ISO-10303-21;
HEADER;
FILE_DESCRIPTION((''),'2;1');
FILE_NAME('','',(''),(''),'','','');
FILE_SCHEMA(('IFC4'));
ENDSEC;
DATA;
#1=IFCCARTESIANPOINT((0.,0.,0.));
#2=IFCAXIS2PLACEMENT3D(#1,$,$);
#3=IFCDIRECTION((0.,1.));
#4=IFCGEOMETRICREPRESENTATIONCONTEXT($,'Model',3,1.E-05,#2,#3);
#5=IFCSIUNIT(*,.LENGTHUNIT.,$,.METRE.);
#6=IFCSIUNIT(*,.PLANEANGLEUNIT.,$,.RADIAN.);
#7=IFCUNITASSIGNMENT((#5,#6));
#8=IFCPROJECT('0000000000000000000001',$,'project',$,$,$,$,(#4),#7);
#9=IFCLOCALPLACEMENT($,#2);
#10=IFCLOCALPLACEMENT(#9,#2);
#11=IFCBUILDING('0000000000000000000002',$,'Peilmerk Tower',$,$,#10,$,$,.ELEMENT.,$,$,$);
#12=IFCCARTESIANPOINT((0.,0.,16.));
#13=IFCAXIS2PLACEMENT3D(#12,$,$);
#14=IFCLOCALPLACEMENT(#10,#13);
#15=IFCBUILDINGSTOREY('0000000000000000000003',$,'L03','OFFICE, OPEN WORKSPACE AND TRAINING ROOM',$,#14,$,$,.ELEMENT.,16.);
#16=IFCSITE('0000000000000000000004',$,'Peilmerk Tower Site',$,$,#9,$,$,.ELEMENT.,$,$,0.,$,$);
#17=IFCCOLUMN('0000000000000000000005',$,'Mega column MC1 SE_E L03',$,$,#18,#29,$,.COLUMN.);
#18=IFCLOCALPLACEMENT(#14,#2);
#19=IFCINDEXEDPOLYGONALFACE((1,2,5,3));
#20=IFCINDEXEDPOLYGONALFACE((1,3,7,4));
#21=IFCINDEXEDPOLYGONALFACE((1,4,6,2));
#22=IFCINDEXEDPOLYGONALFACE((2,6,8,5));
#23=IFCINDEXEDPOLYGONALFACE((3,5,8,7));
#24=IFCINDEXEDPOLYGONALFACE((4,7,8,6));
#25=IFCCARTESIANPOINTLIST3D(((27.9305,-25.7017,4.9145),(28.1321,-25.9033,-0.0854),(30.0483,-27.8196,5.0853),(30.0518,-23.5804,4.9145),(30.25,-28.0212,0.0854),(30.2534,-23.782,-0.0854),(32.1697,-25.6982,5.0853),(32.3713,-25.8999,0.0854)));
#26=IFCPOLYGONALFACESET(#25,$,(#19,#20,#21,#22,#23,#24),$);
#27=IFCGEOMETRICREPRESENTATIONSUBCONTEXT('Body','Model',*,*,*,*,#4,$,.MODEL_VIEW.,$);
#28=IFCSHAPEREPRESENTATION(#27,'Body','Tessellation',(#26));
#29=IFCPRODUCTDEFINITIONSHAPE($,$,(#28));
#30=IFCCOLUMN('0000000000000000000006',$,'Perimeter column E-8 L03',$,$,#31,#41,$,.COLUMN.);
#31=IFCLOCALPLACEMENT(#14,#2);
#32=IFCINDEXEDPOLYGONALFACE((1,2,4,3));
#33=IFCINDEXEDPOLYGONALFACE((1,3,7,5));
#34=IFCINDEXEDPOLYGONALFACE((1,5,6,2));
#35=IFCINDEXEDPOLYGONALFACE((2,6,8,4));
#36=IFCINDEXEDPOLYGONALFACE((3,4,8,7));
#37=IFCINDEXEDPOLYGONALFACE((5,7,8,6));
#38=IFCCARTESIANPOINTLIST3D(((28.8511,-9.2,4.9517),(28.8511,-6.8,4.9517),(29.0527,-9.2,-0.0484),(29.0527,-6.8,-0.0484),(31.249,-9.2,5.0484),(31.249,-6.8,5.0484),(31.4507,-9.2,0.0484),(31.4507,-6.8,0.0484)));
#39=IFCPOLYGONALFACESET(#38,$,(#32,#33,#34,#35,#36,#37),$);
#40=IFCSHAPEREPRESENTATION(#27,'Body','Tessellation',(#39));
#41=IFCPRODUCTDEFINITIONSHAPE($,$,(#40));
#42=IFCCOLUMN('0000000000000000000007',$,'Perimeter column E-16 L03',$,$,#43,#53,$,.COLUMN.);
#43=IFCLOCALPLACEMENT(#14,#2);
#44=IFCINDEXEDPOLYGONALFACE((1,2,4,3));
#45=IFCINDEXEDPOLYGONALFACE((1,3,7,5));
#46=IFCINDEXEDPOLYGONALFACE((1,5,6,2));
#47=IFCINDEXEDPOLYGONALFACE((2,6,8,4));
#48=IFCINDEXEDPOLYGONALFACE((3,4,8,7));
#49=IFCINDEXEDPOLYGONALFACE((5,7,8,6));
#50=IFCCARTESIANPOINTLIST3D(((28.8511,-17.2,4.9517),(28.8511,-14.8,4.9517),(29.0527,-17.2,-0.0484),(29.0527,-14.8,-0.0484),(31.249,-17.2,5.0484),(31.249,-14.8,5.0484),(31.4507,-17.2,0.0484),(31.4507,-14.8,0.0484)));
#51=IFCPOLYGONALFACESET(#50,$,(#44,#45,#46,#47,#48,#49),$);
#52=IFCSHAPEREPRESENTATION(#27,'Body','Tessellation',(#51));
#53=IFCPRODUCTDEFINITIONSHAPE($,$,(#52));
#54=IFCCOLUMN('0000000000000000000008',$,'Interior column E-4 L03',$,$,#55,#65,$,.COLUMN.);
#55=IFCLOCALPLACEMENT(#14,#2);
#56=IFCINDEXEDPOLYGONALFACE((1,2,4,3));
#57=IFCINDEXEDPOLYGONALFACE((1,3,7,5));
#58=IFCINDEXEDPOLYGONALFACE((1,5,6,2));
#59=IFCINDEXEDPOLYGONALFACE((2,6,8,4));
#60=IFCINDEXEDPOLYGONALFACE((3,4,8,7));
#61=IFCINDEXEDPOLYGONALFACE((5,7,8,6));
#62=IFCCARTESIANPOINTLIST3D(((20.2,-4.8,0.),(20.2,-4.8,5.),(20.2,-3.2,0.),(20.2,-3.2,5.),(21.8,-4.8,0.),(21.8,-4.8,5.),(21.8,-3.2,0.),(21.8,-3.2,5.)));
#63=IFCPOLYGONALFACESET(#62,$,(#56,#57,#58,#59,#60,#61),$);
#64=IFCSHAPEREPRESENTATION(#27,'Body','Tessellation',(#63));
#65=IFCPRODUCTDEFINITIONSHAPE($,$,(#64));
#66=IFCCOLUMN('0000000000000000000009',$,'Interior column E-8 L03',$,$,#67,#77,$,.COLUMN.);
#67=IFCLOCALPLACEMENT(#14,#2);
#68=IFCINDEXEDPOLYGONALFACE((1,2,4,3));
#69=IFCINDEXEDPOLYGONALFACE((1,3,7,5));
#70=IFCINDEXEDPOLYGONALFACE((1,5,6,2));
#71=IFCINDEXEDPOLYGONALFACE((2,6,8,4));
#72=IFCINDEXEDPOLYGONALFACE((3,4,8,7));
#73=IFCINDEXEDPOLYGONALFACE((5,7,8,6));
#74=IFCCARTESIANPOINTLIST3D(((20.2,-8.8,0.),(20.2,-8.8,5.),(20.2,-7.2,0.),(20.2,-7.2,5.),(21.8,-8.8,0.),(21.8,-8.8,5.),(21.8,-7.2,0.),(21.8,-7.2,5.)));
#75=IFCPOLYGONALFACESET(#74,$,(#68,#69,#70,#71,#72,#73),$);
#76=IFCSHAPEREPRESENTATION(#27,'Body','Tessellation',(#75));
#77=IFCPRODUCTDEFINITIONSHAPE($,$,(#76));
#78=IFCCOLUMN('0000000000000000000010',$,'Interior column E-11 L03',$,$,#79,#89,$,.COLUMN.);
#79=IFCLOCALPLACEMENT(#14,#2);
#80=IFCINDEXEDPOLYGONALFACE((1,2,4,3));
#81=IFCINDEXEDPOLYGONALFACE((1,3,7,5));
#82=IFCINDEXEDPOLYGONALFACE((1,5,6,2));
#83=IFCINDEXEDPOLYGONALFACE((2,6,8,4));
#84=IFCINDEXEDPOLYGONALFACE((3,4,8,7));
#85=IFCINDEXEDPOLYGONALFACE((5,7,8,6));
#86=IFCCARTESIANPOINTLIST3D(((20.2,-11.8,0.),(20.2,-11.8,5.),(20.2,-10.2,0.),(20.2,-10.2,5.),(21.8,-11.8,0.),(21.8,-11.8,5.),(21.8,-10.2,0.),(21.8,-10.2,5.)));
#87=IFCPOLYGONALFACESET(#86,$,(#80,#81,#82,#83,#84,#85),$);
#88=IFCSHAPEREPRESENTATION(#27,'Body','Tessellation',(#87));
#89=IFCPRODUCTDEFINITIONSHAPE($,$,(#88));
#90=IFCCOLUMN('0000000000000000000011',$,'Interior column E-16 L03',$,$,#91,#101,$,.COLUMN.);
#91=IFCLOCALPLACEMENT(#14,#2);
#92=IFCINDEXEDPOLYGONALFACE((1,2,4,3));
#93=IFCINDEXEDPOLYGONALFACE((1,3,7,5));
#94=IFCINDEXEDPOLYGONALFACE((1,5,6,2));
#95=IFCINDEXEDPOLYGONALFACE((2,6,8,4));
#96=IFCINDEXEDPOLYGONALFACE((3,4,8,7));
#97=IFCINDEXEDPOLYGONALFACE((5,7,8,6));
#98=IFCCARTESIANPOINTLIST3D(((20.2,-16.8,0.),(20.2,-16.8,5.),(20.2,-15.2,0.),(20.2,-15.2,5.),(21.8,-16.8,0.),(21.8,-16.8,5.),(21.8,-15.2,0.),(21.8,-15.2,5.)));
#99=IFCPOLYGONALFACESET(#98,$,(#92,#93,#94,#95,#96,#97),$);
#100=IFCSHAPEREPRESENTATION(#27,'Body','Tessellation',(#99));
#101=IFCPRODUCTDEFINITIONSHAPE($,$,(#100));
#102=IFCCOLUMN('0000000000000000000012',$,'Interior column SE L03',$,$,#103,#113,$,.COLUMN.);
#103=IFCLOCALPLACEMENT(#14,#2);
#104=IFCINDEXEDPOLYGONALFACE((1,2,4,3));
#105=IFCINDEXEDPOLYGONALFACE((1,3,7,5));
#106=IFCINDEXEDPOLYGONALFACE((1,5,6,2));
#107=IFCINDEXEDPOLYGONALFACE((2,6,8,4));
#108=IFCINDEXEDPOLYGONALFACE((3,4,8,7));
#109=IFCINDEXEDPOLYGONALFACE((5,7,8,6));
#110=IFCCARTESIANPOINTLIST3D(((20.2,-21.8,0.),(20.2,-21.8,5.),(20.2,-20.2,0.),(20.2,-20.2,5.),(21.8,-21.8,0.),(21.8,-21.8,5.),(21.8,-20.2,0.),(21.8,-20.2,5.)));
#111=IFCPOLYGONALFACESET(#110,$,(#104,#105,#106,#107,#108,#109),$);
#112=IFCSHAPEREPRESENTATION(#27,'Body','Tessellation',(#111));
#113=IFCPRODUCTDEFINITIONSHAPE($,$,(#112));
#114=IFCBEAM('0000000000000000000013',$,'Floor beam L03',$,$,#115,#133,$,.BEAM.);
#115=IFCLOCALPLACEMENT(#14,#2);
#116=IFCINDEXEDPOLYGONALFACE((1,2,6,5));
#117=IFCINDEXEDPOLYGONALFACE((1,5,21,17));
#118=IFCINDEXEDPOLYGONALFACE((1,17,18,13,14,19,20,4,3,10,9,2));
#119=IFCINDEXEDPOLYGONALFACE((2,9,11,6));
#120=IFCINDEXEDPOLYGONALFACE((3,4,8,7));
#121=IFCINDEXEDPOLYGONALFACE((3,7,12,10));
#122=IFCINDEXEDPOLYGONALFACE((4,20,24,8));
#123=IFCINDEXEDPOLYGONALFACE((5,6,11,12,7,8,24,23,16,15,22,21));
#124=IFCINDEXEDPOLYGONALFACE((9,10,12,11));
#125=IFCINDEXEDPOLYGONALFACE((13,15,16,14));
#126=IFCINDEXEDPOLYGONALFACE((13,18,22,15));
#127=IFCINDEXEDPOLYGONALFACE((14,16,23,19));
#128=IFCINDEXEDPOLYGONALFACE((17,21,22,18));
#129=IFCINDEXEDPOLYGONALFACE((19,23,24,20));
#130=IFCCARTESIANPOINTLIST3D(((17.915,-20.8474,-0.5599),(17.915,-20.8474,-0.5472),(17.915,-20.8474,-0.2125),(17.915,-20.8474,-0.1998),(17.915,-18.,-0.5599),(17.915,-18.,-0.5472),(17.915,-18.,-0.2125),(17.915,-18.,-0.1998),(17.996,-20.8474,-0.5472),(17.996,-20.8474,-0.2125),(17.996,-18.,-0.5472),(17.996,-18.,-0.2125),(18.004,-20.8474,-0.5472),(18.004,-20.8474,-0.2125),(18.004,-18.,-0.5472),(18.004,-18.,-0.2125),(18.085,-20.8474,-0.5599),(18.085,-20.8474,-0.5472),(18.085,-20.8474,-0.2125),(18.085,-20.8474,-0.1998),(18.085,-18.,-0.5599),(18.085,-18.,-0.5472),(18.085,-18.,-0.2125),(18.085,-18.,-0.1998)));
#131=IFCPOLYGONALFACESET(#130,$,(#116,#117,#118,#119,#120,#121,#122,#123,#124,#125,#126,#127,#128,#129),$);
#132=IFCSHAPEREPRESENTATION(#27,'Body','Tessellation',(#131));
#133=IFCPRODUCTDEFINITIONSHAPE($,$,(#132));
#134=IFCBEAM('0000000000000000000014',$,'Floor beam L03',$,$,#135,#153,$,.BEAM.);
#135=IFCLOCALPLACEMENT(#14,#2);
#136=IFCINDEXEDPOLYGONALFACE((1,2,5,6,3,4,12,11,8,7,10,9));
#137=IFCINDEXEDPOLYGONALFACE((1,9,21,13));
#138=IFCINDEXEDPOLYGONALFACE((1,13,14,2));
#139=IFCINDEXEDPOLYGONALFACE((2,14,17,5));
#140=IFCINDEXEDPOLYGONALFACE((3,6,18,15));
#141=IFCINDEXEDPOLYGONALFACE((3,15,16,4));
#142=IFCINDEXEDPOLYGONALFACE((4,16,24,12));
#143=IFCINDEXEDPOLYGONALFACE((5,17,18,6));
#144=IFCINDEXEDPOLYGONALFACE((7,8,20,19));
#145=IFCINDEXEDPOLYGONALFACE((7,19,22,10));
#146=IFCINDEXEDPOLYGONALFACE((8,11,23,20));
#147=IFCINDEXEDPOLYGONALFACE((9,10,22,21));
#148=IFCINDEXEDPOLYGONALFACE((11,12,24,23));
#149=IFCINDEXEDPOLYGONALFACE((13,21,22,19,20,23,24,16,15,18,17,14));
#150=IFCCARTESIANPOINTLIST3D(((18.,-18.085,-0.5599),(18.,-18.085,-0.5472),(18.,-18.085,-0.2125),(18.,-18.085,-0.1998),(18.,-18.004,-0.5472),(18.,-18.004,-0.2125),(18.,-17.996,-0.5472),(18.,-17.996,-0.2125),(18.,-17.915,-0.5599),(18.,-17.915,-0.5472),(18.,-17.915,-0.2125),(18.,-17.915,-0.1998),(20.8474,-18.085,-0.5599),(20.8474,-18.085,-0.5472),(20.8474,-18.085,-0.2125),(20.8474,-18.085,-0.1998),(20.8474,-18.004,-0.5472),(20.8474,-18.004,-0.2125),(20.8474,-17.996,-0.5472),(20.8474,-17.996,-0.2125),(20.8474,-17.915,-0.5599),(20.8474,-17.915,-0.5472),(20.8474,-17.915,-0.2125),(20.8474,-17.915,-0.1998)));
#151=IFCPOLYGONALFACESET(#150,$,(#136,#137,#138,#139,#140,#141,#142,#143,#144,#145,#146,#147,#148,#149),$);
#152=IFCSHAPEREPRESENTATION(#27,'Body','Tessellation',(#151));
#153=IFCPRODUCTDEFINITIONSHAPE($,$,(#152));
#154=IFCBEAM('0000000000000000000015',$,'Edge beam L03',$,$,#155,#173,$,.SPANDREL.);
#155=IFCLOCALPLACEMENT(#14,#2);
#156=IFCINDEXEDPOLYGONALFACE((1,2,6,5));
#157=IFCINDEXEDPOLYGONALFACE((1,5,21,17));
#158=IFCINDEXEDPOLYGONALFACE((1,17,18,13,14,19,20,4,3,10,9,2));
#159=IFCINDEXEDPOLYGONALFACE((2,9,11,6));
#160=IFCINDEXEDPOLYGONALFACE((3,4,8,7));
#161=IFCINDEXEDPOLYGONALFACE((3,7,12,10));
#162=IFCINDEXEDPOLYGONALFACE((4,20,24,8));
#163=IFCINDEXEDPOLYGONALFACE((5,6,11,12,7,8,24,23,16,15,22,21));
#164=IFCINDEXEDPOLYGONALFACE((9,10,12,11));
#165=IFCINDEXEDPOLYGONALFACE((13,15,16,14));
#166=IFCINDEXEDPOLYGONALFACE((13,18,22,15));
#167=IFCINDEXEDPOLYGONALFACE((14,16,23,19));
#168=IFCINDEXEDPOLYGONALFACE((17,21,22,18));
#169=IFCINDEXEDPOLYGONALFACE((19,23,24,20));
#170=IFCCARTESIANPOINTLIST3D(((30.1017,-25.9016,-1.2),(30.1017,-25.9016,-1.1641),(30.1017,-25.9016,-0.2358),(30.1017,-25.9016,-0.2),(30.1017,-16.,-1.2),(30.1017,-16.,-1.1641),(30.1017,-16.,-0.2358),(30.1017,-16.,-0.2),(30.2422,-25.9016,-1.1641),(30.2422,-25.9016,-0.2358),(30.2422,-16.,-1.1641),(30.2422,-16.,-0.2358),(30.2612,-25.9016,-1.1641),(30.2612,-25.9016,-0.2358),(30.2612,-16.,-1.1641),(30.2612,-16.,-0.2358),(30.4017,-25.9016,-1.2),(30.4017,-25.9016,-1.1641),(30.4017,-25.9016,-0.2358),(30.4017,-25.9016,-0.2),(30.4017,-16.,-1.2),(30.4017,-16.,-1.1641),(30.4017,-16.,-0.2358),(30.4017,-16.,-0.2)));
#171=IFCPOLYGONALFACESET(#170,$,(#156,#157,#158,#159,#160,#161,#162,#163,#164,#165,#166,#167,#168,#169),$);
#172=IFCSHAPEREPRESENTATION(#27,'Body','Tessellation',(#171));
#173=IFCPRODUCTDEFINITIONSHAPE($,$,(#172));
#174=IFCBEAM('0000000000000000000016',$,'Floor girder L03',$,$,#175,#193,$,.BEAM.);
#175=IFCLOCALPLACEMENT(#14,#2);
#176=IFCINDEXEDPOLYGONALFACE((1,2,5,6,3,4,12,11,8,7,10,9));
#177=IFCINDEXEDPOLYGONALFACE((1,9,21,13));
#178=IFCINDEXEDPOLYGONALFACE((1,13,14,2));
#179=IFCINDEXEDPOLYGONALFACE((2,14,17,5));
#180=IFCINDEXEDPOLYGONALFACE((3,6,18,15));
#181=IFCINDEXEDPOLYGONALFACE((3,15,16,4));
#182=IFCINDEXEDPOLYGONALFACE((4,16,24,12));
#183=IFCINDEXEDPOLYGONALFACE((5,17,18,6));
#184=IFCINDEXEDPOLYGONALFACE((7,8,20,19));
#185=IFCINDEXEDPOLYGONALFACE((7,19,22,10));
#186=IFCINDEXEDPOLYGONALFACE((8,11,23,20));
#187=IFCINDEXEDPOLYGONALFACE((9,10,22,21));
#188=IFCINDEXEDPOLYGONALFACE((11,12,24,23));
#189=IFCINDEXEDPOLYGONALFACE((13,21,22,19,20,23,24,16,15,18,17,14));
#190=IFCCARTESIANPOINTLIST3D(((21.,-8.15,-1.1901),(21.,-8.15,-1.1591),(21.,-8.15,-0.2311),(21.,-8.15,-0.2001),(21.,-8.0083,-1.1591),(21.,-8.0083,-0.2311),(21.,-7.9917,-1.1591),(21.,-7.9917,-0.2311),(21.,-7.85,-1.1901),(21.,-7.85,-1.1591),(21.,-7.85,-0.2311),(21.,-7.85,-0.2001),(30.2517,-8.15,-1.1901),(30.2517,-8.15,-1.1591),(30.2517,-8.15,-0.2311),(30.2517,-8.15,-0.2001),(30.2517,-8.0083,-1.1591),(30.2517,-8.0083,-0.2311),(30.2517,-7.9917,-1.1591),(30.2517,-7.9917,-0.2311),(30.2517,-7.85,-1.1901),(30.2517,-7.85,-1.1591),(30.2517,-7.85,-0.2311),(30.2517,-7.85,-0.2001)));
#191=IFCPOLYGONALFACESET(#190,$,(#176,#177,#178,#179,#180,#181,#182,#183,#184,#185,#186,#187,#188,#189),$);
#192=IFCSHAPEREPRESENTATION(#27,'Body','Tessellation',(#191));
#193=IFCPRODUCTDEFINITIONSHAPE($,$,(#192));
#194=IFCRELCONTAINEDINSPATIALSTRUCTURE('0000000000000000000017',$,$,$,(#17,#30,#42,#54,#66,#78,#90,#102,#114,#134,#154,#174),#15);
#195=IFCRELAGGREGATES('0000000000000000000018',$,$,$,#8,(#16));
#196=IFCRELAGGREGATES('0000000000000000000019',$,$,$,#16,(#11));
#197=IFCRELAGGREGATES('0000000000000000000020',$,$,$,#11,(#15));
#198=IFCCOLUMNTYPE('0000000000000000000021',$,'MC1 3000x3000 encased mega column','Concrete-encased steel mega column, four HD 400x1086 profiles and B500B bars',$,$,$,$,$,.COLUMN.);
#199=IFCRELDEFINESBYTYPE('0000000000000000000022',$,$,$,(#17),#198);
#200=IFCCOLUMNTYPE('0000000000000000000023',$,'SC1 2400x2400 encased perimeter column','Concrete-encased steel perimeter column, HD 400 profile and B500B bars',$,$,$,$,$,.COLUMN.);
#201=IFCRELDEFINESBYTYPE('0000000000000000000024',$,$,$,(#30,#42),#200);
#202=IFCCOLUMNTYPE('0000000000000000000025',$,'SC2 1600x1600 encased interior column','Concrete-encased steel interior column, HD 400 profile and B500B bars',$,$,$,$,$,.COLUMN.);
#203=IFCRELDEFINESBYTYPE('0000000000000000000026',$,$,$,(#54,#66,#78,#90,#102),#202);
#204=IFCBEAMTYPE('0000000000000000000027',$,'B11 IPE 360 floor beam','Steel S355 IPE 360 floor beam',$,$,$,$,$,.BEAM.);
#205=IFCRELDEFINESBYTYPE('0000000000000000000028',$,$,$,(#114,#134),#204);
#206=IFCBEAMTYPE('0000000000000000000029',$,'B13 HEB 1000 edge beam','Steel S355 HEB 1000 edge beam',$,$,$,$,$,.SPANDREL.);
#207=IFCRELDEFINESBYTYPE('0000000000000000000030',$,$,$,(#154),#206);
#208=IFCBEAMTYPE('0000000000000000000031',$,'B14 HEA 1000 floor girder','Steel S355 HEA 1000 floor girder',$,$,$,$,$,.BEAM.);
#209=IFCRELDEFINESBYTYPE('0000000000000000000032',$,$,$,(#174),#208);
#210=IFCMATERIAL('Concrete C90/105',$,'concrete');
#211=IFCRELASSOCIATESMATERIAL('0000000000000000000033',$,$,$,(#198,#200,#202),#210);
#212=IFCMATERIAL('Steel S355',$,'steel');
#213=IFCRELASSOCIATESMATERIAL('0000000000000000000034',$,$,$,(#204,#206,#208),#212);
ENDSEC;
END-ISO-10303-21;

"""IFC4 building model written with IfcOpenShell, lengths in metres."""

from ifc_helpers import new_model, si_unit, direction, frame, origin, origin_2d, place, context, subcontext, project, spatial, rectangle, i_section, extrude, material, material_profile, profile_set, type_object, element, save


model = new_model("IFC4")

# Units and contexts
model_context = context("Model", 3, precision=1e-05, world=origin(), true_north=direction((0.0, 1.0)))
body_context = subcontext(model_context, "Body", "Model", "MODEL_VIEW")
ifc_project = project(units=[si_unit("LENGTHUNIT", "METRE"), si_unit("PLANEANGLEUNIT", "RADIAN")], contexts=[model_context])

# Site, building, storey
site_placement = place(None, origin())
site = spatial("IfcSite", under=ifc_project, at=site_placement, Name="Peilmerk Tower Site", CompositionType="ELEMENT", RefElevation=0.0)
building_placement = place(site_placement, origin())
building = spatial("IfcBuilding", under=site, at=building_placement, Name="Peilmerk Tower", CompositionType="ELEMENT")
storey_placement = place(building_placement, frame((0.0, 0.0, 16.0)))
storey = spatial("IfcBuildingStorey", under=building, at=storey_placement, Name="L03", Description="OFFICE, OPEN WORKSPACE AND TRAINING ROOM", CompositionType="ELEMENT", Elevation=16.0)

# Columns
ifc_material_1 = material(Name="Concrete C90/105", Category="concrete")
ifc_material_profile_1 = material_profile(ifc_material_1, rectangle(XDim=3.0, YDim=3.0, at=origin_2d()), Name="RC 3000x3000")
ifc_profile_set_1 = profile_set([ifc_material_profile_1], Name="Concrete C90/105")
column_type_1 = type_object("IfcColumnType", Name="MC1 3000x3000 encased mega column", Description="Concrete-encased steel mega column, four HD 400x1086 profiles and B500B bars", PredefinedType="COLUMN", material=ifc_profile_set_1)
column_placement = place(storey_placement, frame((30.2517, -25.9016, 0.0), z_axis=(-0.040267, 0.040267, 0.998377), x_axis=(-0.707107, -0.707107, 0.0)))
element("IfcColumn", 1, at=column_placement, inside=storey, type_object=column_type_1, Name="Mega column MC1 SE_E L03", PredefinedType="COLUMN", context=body_context, shape_type="SweptSolid", body=[
    extrude(rectangle(XDim=3.0, YDim=3.0, at=origin_2d()), origin(), (0.0, 0.0, 1.0), 5.0081),
])
ifc_material_profile_2 = material_profile(ifc_material_1, rectangle(XDim=2.3999, YDim=2.3999, at=origin_2d()), Name="RC 2400x2400")
ifc_profile_set_2 = profile_set([ifc_material_profile_2], Name="Concrete C90/105")
column_type_2 = type_object("IfcColumnType", Name="SC1 2400x2400 encased perimeter column", Description="Concrete-encased steel perimeter column, HD 400 profile and B500B bars", PredefinedType="COLUMN", material=ifc_profile_set_2)
for number, where, z_axis, x_axis, name in (
    (2, (30.2517, -8.0, 0.0), (-0.040299, 0.0, 0.999188), (0.0, -1.0, 0.0), "Perimeter column E-8 L03"),
    (3, (30.2517, -16.0, 0.0), (-0.040299, 0.0, 0.999188), (0.0, -1.0, 0.0), "Perimeter column E-16 L03"),
):
    element("IfcColumn", number, at=place(storey_placement, frame(where, z_axis=z_axis, x_axis=x_axis)), inside=storey, type_object=column_type_2, Name=name, PredefinedType="COLUMN", context=body_context, shape_type="SweptSolid", body=[
        extrude(rectangle(XDim=2.3999, YDim=2.3999, at=origin_2d()), origin(), (0.0, 0.0, 1.0), 5.0042),
    ])
ifc_material_profile_3 = material_profile(ifc_material_1, rectangle(XDim=1.6001, YDim=1.6001, at=origin_2d()), Name="RC 1600x1600")
ifc_profile_set_3 = profile_set([ifc_material_profile_3], Name="Concrete C90/105")
column_type_3 = type_object("IfcColumnType", Name="SC2 1600x1600 encased interior column", Description="Concrete-encased steel interior column, HD 400 profile and B500B bars", PredefinedType="COLUMN", material=ifc_profile_set_3)
for number, where, z_axis, x_axis, name in (
    (4, (21.0, -4.0, 0.0), (0.0, 0.0, 1.0), (1.0, 0.0, 0.0), "Interior column E-4 L03"),
    (5, (21.0, -8.0, 0.0), (0.0, 0.0, 1.0), (1.0, 0.0, 0.0), "Interior column E-8 L03"),
    (6, (21.0, -11.0, 0.0), (0.0, 0.0, 1.0), (1.0, 0.0, 0.0), "Interior column E-11 L03"),
    (7, (21.0, -16.0, 0.0), (0.0, 0.0, 1.0), (1.0, 0.0, 0.0), "Interior column E-16 L03"),
    (8, (21.0, -21.0, 0.0), (0.0, 0.0, 1.0), (1.0, 0.0, 0.0), "Interior column SE L03"),
):
    element("IfcColumn", number, at=place(storey_placement, frame(where, z_axis=z_axis, x_axis=x_axis)), inside=storey, type_object=column_type_3, Name=name, PredefinedType="COLUMN", context=body_context, shape_type="SweptSolid", body=[
        extrude(rectangle(XDim=1.6001, YDim=1.6001, at=origin_2d()), origin(), (0.0, 0.0, 1.0), 5.0),
    ])

# Beams
ifc_material_2 = material(Name="Steel S355", Category="steel")
ifc_material_profile_4 = material_profile(ifc_material_2, i_section(OverallWidth=0.1699, OverallDepth=0.3601, WebThickness=0.0081, FlangeThickness=0.0127, at=origin_2d()), Name="IPE 360")
ifc_profile_set_4 = profile_set([ifc_material_profile_4], Name="Steel S355")
beam_type_1 = type_object("IfcBeamType", Name="B11 IPE 360 floor beam", Description="Steel S355 IPE 360 floor beam", PredefinedType="BEAM", material=ifc_profile_set_4)
for number, where, z_axis, x_axis, name in (
    (9, (18.0, -18.0, -0.3799), (0.0, -1.0, 0.0), (1.0, 0.0, 0.0), "Floor beam L03"),
    (10, (18.0, -18.0, -0.3799), (1.0, 0.0, 0.0), (0.0, 1.0, 0.0), "Floor beam L03"),
):
    element("IfcBeam", number, at=place(storey_placement, frame(where, z_axis=z_axis, x_axis=x_axis)), inside=storey, type_object=beam_type_1, Name=name, PredefinedType="BEAM", context=body_context, shape_type="SweptSolid", body=[
        extrude(i_section(OverallWidth=0.1699, OverallDepth=0.3601, WebThickness=0.0081, FlangeThickness=0.0127, at=origin_2d()), origin(), (0.0, 0.0, 1.0), 2.8474),
    ])
ifc_material_profile_5 = material_profile(ifc_material_2, i_section(OverallWidth=0.3, OverallDepth=1.0, WebThickness=0.019, FlangeThickness=0.0359, at=origin_2d()), Name="HEB 1000")
ifc_profile_set_5 = profile_set([ifc_material_profile_5], Name="Steel S355")
beam_type_2 = type_object("IfcBeamType", Name="B13 HEB 1000 edge beam", Description="Steel S355 HEB 1000 edge beam", PredefinedType="SPANDREL", material=ifc_profile_set_5)
beam_1_placement = place(storey_placement, frame((30.2517, -25.9016, -0.7), z_axis=(0.0, 1.0, 0.0), x_axis=(-1.0, 0.0, 0.0)))
element("IfcBeam", 11, at=beam_1_placement, inside=storey, type_object=beam_type_2, Name="Edge beam L03", PredefinedType="SPANDREL", context=body_context, shape_type="SweptSolid", body=[
    extrude(i_section(OverallWidth=0.3, OverallDepth=1.0, WebThickness=0.019, FlangeThickness=0.0359, at=origin_2d()), origin(), (0.0, 0.0, 1.0), 9.9016),
])
ifc_material_profile_6 = material_profile(ifc_material_2, i_section(OverallWidth=0.3, OverallDepth=0.99, WebThickness=0.0166, FlangeThickness=0.031, at=origin_2d()), Name="HEA 1000")
ifc_profile_set_6 = profile_set([ifc_material_profile_6], Name="Steel S355")
beam_type_3 = type_object("IfcBeamType", Name="B14 HEA 1000 floor girder", Description="Steel S355 HEA 1000 floor girder", PredefinedType="BEAM", material=ifc_profile_set_6)
beam_2_placement = place(storey_placement, frame((21.0, -8.0, -0.6951), z_axis=(1.0, 0.0, 0.0), x_axis=(0.0, 1.0, 0.0)))
element("IfcBeam", 12, at=beam_2_placement, inside=storey, type_object=beam_type_3, Name="Floor girder L03", PredefinedType="BEAM", context=body_context, shape_type="SweptSolid", body=[
    extrude(i_section(OverallWidth=0.3, OverallDepth=0.99, WebThickness=0.0166, FlangeThickness=0.031, at=origin_2d()), origin(), (0.0, 0.0, 1.0), 9.2517),
])

save(model, "model.ifc")
